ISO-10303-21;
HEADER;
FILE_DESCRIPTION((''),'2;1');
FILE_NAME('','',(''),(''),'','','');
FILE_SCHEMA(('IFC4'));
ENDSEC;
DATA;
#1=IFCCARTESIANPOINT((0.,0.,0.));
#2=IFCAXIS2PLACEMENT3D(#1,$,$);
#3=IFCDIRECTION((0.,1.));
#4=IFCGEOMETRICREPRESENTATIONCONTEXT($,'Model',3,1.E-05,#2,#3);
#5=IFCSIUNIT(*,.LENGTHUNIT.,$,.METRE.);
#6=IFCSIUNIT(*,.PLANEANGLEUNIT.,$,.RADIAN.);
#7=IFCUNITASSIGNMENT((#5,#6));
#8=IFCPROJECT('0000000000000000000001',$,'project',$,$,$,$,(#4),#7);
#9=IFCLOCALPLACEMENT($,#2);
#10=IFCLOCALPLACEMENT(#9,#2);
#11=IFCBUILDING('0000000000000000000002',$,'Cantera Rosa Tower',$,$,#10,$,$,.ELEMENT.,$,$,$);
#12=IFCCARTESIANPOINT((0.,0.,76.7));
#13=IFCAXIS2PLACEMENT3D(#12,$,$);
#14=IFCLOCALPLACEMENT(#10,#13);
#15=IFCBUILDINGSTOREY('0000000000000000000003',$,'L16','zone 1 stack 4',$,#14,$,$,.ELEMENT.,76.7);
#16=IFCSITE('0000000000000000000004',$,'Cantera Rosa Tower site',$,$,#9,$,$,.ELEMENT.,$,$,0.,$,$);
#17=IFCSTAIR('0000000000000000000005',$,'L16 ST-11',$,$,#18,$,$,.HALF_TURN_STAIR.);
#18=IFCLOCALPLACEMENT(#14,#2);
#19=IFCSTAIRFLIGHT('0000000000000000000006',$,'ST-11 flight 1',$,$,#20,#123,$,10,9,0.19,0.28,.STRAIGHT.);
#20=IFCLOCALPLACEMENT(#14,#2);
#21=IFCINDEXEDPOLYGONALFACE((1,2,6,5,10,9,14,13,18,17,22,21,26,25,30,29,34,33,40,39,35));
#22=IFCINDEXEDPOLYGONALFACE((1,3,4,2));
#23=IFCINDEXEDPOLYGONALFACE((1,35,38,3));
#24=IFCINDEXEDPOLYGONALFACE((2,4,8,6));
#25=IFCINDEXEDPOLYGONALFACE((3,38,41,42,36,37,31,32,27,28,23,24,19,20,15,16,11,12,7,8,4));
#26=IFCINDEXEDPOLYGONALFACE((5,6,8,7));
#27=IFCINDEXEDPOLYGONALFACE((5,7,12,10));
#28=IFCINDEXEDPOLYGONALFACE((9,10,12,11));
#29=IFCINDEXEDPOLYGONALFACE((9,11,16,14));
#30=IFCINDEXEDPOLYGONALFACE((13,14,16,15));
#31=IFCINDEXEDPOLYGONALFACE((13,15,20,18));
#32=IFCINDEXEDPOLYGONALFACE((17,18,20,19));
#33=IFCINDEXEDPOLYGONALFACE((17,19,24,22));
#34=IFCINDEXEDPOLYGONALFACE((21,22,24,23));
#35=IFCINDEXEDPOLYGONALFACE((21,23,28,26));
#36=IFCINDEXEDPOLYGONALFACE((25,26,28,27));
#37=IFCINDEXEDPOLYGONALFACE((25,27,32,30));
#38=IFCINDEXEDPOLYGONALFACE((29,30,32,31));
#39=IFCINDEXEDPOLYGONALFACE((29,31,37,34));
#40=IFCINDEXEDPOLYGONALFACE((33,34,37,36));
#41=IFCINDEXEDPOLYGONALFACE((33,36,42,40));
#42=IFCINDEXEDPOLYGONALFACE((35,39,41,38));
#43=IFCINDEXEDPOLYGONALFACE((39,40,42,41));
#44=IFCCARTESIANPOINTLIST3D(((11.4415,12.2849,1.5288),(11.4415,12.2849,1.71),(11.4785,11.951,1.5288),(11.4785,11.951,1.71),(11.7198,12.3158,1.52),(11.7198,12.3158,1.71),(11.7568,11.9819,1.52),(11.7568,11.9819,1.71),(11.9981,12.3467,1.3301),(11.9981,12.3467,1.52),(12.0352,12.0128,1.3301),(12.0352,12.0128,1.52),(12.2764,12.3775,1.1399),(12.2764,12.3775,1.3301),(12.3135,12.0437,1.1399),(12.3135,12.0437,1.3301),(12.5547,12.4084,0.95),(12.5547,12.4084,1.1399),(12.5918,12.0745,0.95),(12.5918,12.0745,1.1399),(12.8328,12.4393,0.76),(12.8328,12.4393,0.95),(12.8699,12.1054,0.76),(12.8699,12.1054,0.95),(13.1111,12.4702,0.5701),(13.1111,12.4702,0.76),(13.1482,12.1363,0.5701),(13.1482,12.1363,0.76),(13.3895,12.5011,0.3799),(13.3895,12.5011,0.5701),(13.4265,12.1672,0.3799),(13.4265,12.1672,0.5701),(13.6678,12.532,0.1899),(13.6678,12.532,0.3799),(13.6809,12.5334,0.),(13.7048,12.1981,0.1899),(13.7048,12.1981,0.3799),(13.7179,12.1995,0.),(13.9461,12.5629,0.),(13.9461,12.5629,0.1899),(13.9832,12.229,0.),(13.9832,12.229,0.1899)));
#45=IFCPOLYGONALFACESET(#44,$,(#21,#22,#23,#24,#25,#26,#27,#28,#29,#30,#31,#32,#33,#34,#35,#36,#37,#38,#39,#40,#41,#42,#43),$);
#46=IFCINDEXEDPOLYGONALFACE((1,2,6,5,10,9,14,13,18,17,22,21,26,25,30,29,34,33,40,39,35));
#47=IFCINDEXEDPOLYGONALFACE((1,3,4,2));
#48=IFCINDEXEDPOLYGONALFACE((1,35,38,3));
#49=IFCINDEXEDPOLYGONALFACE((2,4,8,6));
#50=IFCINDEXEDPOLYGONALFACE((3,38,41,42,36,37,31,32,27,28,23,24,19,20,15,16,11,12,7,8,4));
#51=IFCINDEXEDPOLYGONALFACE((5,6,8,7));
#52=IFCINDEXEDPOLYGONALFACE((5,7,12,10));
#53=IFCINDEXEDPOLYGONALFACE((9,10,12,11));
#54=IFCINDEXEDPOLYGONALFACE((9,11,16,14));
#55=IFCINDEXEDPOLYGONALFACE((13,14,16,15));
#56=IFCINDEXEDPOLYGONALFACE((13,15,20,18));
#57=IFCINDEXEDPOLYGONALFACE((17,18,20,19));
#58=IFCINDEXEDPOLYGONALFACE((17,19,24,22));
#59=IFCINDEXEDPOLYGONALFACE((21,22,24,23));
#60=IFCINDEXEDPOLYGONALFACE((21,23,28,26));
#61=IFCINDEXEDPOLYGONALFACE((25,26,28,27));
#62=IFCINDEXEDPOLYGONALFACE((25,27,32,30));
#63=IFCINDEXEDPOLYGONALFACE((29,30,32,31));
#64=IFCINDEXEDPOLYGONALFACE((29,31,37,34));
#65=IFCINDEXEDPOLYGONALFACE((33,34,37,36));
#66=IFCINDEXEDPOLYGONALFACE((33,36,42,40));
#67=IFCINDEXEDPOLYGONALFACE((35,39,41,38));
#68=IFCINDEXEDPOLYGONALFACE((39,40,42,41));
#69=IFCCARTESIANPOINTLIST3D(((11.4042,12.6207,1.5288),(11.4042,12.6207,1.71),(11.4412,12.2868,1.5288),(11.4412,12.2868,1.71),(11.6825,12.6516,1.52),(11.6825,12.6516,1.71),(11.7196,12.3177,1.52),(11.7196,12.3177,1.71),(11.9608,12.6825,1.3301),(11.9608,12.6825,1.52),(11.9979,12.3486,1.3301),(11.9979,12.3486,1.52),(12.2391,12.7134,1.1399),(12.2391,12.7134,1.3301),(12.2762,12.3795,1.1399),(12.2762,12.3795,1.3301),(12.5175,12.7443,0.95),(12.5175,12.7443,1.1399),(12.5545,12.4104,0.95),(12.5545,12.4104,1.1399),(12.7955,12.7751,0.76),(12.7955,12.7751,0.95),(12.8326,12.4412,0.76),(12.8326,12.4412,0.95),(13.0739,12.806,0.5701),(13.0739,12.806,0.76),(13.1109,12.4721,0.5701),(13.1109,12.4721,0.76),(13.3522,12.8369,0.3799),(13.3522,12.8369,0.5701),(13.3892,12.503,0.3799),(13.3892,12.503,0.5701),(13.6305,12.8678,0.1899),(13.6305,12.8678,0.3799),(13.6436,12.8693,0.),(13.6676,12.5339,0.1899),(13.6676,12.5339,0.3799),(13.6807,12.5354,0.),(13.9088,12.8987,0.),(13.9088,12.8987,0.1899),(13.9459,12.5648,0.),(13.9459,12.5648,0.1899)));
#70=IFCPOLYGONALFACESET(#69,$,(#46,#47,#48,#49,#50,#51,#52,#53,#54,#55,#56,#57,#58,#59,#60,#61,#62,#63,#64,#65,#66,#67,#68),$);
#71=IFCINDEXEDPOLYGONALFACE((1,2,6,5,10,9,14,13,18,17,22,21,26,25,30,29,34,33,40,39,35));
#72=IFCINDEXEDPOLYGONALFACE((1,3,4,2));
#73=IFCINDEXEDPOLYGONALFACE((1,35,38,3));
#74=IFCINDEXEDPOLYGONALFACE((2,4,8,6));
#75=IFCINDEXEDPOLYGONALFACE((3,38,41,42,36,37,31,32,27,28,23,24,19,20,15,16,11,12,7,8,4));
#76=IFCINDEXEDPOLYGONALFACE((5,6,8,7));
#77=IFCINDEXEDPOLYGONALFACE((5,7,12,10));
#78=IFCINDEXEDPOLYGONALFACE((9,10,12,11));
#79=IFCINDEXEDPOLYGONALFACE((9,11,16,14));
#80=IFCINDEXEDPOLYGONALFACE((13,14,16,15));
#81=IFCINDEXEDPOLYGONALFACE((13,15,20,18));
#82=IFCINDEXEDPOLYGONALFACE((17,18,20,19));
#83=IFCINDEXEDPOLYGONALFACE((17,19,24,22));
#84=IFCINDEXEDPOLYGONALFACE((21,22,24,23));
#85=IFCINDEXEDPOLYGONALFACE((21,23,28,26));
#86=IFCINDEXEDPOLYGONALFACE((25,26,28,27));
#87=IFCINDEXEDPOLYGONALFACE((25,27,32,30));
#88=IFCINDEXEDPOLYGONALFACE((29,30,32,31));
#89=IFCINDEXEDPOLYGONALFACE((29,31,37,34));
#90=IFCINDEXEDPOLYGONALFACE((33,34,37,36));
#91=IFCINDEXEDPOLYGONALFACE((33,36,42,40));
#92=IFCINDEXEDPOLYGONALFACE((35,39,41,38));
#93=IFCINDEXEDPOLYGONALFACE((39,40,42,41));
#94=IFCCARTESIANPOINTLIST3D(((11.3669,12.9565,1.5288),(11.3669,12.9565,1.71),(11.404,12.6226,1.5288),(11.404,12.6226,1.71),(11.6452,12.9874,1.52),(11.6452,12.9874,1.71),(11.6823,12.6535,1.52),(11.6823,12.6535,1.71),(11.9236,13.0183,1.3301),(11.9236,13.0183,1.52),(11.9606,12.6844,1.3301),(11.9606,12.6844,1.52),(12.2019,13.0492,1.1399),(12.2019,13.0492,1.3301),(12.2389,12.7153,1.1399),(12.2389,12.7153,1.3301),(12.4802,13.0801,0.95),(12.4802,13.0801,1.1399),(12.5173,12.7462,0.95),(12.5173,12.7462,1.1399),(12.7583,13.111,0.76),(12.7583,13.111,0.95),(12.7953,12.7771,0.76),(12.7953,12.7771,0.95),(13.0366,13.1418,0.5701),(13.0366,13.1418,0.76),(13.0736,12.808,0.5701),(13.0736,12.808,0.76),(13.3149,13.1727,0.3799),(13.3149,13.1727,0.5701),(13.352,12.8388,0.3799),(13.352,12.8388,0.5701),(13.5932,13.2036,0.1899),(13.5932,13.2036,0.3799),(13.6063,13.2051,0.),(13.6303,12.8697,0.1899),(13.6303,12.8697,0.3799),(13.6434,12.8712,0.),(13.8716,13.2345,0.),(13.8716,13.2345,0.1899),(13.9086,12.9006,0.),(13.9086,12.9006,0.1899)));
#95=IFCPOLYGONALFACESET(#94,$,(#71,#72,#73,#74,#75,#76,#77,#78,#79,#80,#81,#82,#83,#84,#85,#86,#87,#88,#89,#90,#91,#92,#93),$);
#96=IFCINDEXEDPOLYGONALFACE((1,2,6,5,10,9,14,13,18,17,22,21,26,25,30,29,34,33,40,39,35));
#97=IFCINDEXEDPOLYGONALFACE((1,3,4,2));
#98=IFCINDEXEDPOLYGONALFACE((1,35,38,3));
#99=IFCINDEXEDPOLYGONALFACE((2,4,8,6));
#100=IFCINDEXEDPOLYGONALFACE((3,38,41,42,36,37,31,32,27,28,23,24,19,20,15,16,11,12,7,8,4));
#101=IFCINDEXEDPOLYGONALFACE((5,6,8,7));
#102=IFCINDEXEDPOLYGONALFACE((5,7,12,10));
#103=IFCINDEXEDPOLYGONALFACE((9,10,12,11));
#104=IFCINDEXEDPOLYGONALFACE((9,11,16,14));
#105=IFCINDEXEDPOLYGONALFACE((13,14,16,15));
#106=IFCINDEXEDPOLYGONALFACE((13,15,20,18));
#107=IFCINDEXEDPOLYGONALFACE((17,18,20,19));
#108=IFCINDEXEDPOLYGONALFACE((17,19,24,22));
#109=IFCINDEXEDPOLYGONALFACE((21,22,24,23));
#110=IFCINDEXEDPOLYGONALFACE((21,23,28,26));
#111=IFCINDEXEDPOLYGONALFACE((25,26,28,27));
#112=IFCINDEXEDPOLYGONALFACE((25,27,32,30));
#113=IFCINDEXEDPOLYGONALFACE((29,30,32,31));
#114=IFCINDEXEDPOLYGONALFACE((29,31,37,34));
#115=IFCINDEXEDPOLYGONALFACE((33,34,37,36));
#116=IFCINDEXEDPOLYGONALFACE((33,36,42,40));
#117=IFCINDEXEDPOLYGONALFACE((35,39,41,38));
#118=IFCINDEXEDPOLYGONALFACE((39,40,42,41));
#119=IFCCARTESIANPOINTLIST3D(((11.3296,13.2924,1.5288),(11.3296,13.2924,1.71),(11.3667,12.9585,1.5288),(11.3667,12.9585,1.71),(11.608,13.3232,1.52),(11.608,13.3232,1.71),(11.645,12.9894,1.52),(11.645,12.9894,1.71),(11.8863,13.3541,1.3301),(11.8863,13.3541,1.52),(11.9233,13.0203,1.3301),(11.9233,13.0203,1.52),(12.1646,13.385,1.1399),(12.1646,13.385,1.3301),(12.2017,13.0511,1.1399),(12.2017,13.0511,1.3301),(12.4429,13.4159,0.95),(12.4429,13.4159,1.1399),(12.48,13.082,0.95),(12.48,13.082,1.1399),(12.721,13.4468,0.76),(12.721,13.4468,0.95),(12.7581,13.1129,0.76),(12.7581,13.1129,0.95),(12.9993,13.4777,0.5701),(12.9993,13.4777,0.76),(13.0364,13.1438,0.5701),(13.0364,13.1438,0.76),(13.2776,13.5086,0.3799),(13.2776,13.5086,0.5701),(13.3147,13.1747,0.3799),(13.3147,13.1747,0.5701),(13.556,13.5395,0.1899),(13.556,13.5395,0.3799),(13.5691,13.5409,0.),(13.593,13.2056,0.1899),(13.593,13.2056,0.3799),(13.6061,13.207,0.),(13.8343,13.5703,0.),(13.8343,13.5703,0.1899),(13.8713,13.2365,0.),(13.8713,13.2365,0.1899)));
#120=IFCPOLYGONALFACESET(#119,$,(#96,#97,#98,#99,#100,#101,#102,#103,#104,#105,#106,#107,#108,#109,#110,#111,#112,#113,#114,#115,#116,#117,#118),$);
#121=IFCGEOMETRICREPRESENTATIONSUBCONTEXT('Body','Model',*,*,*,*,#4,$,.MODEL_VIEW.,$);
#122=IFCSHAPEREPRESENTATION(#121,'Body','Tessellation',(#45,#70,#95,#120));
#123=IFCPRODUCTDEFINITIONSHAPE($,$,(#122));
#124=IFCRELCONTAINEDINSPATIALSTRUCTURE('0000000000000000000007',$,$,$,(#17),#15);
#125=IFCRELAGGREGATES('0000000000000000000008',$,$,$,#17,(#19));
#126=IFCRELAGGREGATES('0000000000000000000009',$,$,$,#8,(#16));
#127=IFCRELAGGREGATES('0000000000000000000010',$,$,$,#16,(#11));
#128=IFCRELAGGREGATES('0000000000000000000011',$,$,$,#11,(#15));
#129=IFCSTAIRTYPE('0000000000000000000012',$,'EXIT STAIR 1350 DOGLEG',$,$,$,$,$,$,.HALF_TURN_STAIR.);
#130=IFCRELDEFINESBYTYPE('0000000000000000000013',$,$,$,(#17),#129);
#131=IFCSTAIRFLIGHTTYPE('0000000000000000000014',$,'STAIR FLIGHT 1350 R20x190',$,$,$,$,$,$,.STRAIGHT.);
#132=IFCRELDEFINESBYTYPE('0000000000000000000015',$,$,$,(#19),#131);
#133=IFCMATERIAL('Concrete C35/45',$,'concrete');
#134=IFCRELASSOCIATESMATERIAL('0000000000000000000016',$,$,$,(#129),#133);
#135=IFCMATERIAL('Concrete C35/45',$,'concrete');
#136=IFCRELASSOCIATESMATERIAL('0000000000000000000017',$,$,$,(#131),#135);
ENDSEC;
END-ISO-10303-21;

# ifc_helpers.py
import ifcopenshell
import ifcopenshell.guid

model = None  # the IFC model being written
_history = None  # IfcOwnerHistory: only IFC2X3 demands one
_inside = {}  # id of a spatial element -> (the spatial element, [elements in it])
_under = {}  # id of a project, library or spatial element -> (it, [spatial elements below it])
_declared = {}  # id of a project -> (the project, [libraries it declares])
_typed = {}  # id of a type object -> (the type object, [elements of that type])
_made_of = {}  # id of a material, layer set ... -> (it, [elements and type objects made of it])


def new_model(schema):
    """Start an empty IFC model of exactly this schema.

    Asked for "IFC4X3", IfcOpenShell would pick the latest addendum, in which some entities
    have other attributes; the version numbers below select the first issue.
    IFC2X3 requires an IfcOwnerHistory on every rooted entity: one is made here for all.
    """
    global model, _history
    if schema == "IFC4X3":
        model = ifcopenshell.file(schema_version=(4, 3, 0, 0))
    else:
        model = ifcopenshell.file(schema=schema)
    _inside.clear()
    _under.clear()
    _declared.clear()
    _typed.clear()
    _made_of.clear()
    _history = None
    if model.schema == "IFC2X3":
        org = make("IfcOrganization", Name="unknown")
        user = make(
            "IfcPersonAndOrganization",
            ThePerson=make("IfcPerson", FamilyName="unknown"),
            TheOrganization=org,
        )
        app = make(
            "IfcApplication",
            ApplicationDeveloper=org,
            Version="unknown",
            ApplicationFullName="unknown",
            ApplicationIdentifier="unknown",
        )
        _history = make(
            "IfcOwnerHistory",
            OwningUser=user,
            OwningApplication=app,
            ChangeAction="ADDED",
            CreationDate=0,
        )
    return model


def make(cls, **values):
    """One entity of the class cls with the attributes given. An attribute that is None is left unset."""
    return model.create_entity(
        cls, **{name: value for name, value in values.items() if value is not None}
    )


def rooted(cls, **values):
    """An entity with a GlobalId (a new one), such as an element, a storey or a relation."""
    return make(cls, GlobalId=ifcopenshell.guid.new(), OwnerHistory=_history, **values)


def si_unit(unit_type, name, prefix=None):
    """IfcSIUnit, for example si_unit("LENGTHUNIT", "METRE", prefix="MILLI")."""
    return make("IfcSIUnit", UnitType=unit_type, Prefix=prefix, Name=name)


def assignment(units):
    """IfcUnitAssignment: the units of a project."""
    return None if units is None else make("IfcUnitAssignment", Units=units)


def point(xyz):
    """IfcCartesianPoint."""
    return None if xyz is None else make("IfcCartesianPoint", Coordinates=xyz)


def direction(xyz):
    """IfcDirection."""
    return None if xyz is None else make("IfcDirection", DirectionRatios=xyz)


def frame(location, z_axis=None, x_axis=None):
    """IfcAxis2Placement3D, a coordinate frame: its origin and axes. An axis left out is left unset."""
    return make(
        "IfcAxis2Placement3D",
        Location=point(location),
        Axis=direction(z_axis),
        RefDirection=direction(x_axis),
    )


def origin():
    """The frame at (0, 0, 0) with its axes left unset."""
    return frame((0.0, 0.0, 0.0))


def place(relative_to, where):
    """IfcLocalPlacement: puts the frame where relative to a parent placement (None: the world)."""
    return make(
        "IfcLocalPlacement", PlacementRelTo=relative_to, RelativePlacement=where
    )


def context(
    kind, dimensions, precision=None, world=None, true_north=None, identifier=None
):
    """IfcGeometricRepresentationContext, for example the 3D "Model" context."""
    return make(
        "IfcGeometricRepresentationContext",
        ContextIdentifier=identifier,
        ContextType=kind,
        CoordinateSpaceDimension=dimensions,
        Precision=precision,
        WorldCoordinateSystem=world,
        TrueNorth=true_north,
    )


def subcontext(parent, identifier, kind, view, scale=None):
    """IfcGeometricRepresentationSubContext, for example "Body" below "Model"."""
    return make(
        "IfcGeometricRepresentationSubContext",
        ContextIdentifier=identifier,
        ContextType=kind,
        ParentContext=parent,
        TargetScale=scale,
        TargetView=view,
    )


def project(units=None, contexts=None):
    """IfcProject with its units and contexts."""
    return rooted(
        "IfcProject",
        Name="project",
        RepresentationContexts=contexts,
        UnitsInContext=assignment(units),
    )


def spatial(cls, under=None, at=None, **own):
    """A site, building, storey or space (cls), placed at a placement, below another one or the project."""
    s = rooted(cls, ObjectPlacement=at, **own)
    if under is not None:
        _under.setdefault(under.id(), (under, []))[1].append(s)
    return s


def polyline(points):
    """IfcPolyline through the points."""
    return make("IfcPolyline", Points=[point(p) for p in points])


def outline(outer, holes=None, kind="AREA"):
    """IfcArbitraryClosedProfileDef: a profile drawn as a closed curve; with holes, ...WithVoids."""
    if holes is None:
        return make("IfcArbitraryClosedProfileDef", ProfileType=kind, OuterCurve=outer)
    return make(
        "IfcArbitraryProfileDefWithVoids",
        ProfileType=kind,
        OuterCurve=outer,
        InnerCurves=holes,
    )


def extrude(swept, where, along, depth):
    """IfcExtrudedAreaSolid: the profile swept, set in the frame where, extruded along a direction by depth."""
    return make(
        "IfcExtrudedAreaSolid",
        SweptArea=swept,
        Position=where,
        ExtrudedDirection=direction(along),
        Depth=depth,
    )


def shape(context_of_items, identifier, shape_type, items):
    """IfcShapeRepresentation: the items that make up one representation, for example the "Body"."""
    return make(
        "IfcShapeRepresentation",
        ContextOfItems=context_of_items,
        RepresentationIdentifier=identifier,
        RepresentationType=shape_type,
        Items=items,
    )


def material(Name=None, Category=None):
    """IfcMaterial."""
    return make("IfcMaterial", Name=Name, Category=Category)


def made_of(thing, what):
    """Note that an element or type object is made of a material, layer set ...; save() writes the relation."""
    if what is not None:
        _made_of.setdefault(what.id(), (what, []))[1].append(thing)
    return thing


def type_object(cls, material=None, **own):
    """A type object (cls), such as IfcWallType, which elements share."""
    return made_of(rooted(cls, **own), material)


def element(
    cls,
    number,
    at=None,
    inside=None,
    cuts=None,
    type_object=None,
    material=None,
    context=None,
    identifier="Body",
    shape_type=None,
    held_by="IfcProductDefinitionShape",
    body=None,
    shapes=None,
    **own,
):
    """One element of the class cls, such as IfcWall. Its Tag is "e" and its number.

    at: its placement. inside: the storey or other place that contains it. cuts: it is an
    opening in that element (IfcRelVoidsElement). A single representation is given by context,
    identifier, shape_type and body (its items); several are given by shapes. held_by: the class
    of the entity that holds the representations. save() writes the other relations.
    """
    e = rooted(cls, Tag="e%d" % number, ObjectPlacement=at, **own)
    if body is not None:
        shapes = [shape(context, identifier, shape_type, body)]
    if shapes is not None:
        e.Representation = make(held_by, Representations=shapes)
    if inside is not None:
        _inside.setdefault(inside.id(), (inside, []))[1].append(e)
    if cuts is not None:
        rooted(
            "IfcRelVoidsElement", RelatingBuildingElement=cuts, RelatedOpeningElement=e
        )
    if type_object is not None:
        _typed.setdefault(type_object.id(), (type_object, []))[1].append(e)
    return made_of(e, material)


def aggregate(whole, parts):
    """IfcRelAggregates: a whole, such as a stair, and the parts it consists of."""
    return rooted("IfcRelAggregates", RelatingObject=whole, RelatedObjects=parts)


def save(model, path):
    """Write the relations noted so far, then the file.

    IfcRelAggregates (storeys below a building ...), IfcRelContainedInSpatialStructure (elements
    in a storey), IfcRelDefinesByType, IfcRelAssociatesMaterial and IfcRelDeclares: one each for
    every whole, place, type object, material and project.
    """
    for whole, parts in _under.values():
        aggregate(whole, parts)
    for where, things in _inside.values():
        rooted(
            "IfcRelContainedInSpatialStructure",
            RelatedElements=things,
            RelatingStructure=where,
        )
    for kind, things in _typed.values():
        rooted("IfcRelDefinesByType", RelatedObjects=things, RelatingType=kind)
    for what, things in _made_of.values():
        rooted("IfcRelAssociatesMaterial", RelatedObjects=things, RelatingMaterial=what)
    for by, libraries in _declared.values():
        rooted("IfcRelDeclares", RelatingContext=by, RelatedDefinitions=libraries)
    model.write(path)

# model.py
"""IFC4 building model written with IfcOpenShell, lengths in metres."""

from ifc_helpers import new_model, si_unit, direction, frame, origin, place, context, subcontext, project, spatial, polyline, outline, extrude, material, type_object, element, aggregate, save


model = new_model("IFC4")

# Units and contexts
model_context = context("Model", 3, precision=1e-05, world=origin(), true_north=direction((0.0, 1.0)))
body_context = subcontext(model_context, "Body", "Model", "MODEL_VIEW")
ifc_project = project(units=[si_unit("LENGTHUNIT", "METRE"), si_unit("PLANEANGLEUNIT", "RADIAN")], contexts=[model_context])

# Site, building, storey
site_placement = place(None, origin())
site = spatial("IfcSite", under=ifc_project, at=site_placement, Name="Cantera Rosa Tower site", CompositionType="ELEMENT", RefElevation=0.0)
building_placement = place(site_placement, origin())
building = spatial("IfcBuilding", under=site, at=building_placement, Name="Cantera Rosa Tower", CompositionType="ELEMENT")
storey_placement = place(building_placement, frame((0.0, 0.0, 76.7)))
storey = spatial("IfcBuildingStorey", under=building, at=storey_placement, Name="L16", Description="zone 1 stack 4", CompositionType="ELEMENT", Elevation=76.7)

# Stair, stair flight
ifc_material_1 = material(Name="Concrete C35/45", Category="concrete")
stair_type = type_object("IfcStairType", Name="EXIT STAIR 1350 DOGLEG", PredefinedType="HALF_TURN_STAIR", material=ifc_material_1)
stair_placement = place(storey_placement, origin())
stair = element("IfcStair", 1, at=stair_placement, inside=storey, type_object=stair_type, Name="L16 ST-11", PredefinedType="HALF_TURN_STAIR")
ifc_material_2 = material(Name="Concrete C35/45", Category="concrete")
stair_flight_type = type_object("IfcStairFlightType", Name="STAIR FLIGHT 1350 R20x190", PredefinedType="STRAIGHT", material=ifc_material_2)
stair_flight_placement = place(storey_placement, frame((13.9087, 12.8999, 0.0), z_axis=(0.0, 0.0, 1.0), x_axis=(-0.993897, -0.110313, 0.0)))
stair_flight = element("IfcStairFlight", 2, at=stair_flight_placement, type_object=stair_flight_type, Name="ST-11 flight 1", NumberOfRisers=10, NumberOfTreads=9, PredefinedType="STRAIGHT", RiserHeight=0.19, TreadLength=0.28, context=body_context, shape_type="SweptSolid", body=[
    extrude(outline(polyline([(0.0, 0.0), (0.0, 0.1899), (0.28, 0.1899), (0.28, 0.3799), (0.5601, 0.3799), (0.5601, 0.5701), (0.8401, 0.5701), (0.8401, 0.76), (1.1201, 0.76), (1.1201, 0.95), (1.3999, 0.95), (1.3999, 1.1399), (1.6799, 1.1399), (1.6799, 1.3301), (1.96, 1.3301), (1.96, 1.52), (2.24, 1.52), (2.24, 1.71), (2.52, 1.71), (2.52, 1.8999), (2.52, 1.5288), (0.2668, 0.0), (0.0, 0.0)])), frame((0.0, 0.675, 0.0), z_axis=(0.0, -1.0, 0.0), x_axis=(1.0, 0.0, 0.0)), (0.0, 0.0, 1.0), 0.3359),
    extrude(outline(polyline([(0.0, 0.0), (0.0, 0.1899), (0.28, 0.1899), (0.28, 0.3799), (0.5601, 0.3799), (0.5601, 0.5701), (0.8401, 0.5701), (0.8401, 0.76), (1.1201, 0.76), (1.1201, 0.95), (1.3999, 0.95), (1.3999, 1.1399), (1.6799, 1.1399), (1.6799, 1.3301), (1.96, 1.3301), (1.96, 1.52), (2.24, 1.52), (2.24, 1.71), (2.52, 1.71), (2.52, 1.8999), (2.52, 1.5288), (0.2668, 0.0), (0.0, 0.0)])), frame((0.0, 0.3372, 0.0), z_axis=(0.0, -1.0, 0.0), x_axis=(1.0, 0.0, 0.0)), (0.0, 0.0, 1.0), 0.3359),
    extrude(outline(polyline([(0.0, 0.0), (0.0, 0.1899), (0.28, 0.1899), (0.28, 0.3799), (0.5601, 0.3799), (0.5601, 0.5701), (0.8401, 0.5701), (0.8401, 0.76), (1.1201, 0.76), (1.1201, 0.95), (1.3999, 0.95), (1.3999, 1.1399), (1.6799, 1.1399), (1.6799, 1.3301), (1.96, 1.3301), (1.96, 1.52), (2.24, 1.52), (2.24, 1.71), (2.52, 1.71), (2.52, 1.8999), (2.52, 1.5288), (0.2668, 0.0), (0.0, 0.0)])), frame((0.0, -0.0007, 0.0), z_axis=(0.0, -1.0, 0.0), x_axis=(1.0, 0.0, 0.0)), (0.0, 0.0, 1.0), 0.3359),
    extrude(outline(polyline([(0.0, 0.0), (0.0, 0.1899), (0.28, 0.1899), (0.28, 0.3799), (0.5601, 0.3799), (0.5601, 0.5701), (0.8401, 0.5701), (0.8401, 0.76), (1.1201, 0.76), (1.1201, 0.95), (1.3999, 0.95), (1.3999, 1.1399), (1.6799, 1.1399), (1.6799, 1.3301), (1.96, 1.3301), (1.96, 1.52), (2.24, 1.52), (2.24, 1.71), (2.52, 1.71), (2.52, 1.8999), (2.52, 1.5288), (0.2668, 0.0), (0.0, 0.0)])), frame((0.0, -0.3386, 0.0), z_axis=(0.0, -1.0, 0.0), x_axis=(1.0, 0.0, 0.0)), (0.0, 0.0, 1.0), 0.3359),
])
aggregate(stair, [stair_flight])

save(model, "model.ifc")
